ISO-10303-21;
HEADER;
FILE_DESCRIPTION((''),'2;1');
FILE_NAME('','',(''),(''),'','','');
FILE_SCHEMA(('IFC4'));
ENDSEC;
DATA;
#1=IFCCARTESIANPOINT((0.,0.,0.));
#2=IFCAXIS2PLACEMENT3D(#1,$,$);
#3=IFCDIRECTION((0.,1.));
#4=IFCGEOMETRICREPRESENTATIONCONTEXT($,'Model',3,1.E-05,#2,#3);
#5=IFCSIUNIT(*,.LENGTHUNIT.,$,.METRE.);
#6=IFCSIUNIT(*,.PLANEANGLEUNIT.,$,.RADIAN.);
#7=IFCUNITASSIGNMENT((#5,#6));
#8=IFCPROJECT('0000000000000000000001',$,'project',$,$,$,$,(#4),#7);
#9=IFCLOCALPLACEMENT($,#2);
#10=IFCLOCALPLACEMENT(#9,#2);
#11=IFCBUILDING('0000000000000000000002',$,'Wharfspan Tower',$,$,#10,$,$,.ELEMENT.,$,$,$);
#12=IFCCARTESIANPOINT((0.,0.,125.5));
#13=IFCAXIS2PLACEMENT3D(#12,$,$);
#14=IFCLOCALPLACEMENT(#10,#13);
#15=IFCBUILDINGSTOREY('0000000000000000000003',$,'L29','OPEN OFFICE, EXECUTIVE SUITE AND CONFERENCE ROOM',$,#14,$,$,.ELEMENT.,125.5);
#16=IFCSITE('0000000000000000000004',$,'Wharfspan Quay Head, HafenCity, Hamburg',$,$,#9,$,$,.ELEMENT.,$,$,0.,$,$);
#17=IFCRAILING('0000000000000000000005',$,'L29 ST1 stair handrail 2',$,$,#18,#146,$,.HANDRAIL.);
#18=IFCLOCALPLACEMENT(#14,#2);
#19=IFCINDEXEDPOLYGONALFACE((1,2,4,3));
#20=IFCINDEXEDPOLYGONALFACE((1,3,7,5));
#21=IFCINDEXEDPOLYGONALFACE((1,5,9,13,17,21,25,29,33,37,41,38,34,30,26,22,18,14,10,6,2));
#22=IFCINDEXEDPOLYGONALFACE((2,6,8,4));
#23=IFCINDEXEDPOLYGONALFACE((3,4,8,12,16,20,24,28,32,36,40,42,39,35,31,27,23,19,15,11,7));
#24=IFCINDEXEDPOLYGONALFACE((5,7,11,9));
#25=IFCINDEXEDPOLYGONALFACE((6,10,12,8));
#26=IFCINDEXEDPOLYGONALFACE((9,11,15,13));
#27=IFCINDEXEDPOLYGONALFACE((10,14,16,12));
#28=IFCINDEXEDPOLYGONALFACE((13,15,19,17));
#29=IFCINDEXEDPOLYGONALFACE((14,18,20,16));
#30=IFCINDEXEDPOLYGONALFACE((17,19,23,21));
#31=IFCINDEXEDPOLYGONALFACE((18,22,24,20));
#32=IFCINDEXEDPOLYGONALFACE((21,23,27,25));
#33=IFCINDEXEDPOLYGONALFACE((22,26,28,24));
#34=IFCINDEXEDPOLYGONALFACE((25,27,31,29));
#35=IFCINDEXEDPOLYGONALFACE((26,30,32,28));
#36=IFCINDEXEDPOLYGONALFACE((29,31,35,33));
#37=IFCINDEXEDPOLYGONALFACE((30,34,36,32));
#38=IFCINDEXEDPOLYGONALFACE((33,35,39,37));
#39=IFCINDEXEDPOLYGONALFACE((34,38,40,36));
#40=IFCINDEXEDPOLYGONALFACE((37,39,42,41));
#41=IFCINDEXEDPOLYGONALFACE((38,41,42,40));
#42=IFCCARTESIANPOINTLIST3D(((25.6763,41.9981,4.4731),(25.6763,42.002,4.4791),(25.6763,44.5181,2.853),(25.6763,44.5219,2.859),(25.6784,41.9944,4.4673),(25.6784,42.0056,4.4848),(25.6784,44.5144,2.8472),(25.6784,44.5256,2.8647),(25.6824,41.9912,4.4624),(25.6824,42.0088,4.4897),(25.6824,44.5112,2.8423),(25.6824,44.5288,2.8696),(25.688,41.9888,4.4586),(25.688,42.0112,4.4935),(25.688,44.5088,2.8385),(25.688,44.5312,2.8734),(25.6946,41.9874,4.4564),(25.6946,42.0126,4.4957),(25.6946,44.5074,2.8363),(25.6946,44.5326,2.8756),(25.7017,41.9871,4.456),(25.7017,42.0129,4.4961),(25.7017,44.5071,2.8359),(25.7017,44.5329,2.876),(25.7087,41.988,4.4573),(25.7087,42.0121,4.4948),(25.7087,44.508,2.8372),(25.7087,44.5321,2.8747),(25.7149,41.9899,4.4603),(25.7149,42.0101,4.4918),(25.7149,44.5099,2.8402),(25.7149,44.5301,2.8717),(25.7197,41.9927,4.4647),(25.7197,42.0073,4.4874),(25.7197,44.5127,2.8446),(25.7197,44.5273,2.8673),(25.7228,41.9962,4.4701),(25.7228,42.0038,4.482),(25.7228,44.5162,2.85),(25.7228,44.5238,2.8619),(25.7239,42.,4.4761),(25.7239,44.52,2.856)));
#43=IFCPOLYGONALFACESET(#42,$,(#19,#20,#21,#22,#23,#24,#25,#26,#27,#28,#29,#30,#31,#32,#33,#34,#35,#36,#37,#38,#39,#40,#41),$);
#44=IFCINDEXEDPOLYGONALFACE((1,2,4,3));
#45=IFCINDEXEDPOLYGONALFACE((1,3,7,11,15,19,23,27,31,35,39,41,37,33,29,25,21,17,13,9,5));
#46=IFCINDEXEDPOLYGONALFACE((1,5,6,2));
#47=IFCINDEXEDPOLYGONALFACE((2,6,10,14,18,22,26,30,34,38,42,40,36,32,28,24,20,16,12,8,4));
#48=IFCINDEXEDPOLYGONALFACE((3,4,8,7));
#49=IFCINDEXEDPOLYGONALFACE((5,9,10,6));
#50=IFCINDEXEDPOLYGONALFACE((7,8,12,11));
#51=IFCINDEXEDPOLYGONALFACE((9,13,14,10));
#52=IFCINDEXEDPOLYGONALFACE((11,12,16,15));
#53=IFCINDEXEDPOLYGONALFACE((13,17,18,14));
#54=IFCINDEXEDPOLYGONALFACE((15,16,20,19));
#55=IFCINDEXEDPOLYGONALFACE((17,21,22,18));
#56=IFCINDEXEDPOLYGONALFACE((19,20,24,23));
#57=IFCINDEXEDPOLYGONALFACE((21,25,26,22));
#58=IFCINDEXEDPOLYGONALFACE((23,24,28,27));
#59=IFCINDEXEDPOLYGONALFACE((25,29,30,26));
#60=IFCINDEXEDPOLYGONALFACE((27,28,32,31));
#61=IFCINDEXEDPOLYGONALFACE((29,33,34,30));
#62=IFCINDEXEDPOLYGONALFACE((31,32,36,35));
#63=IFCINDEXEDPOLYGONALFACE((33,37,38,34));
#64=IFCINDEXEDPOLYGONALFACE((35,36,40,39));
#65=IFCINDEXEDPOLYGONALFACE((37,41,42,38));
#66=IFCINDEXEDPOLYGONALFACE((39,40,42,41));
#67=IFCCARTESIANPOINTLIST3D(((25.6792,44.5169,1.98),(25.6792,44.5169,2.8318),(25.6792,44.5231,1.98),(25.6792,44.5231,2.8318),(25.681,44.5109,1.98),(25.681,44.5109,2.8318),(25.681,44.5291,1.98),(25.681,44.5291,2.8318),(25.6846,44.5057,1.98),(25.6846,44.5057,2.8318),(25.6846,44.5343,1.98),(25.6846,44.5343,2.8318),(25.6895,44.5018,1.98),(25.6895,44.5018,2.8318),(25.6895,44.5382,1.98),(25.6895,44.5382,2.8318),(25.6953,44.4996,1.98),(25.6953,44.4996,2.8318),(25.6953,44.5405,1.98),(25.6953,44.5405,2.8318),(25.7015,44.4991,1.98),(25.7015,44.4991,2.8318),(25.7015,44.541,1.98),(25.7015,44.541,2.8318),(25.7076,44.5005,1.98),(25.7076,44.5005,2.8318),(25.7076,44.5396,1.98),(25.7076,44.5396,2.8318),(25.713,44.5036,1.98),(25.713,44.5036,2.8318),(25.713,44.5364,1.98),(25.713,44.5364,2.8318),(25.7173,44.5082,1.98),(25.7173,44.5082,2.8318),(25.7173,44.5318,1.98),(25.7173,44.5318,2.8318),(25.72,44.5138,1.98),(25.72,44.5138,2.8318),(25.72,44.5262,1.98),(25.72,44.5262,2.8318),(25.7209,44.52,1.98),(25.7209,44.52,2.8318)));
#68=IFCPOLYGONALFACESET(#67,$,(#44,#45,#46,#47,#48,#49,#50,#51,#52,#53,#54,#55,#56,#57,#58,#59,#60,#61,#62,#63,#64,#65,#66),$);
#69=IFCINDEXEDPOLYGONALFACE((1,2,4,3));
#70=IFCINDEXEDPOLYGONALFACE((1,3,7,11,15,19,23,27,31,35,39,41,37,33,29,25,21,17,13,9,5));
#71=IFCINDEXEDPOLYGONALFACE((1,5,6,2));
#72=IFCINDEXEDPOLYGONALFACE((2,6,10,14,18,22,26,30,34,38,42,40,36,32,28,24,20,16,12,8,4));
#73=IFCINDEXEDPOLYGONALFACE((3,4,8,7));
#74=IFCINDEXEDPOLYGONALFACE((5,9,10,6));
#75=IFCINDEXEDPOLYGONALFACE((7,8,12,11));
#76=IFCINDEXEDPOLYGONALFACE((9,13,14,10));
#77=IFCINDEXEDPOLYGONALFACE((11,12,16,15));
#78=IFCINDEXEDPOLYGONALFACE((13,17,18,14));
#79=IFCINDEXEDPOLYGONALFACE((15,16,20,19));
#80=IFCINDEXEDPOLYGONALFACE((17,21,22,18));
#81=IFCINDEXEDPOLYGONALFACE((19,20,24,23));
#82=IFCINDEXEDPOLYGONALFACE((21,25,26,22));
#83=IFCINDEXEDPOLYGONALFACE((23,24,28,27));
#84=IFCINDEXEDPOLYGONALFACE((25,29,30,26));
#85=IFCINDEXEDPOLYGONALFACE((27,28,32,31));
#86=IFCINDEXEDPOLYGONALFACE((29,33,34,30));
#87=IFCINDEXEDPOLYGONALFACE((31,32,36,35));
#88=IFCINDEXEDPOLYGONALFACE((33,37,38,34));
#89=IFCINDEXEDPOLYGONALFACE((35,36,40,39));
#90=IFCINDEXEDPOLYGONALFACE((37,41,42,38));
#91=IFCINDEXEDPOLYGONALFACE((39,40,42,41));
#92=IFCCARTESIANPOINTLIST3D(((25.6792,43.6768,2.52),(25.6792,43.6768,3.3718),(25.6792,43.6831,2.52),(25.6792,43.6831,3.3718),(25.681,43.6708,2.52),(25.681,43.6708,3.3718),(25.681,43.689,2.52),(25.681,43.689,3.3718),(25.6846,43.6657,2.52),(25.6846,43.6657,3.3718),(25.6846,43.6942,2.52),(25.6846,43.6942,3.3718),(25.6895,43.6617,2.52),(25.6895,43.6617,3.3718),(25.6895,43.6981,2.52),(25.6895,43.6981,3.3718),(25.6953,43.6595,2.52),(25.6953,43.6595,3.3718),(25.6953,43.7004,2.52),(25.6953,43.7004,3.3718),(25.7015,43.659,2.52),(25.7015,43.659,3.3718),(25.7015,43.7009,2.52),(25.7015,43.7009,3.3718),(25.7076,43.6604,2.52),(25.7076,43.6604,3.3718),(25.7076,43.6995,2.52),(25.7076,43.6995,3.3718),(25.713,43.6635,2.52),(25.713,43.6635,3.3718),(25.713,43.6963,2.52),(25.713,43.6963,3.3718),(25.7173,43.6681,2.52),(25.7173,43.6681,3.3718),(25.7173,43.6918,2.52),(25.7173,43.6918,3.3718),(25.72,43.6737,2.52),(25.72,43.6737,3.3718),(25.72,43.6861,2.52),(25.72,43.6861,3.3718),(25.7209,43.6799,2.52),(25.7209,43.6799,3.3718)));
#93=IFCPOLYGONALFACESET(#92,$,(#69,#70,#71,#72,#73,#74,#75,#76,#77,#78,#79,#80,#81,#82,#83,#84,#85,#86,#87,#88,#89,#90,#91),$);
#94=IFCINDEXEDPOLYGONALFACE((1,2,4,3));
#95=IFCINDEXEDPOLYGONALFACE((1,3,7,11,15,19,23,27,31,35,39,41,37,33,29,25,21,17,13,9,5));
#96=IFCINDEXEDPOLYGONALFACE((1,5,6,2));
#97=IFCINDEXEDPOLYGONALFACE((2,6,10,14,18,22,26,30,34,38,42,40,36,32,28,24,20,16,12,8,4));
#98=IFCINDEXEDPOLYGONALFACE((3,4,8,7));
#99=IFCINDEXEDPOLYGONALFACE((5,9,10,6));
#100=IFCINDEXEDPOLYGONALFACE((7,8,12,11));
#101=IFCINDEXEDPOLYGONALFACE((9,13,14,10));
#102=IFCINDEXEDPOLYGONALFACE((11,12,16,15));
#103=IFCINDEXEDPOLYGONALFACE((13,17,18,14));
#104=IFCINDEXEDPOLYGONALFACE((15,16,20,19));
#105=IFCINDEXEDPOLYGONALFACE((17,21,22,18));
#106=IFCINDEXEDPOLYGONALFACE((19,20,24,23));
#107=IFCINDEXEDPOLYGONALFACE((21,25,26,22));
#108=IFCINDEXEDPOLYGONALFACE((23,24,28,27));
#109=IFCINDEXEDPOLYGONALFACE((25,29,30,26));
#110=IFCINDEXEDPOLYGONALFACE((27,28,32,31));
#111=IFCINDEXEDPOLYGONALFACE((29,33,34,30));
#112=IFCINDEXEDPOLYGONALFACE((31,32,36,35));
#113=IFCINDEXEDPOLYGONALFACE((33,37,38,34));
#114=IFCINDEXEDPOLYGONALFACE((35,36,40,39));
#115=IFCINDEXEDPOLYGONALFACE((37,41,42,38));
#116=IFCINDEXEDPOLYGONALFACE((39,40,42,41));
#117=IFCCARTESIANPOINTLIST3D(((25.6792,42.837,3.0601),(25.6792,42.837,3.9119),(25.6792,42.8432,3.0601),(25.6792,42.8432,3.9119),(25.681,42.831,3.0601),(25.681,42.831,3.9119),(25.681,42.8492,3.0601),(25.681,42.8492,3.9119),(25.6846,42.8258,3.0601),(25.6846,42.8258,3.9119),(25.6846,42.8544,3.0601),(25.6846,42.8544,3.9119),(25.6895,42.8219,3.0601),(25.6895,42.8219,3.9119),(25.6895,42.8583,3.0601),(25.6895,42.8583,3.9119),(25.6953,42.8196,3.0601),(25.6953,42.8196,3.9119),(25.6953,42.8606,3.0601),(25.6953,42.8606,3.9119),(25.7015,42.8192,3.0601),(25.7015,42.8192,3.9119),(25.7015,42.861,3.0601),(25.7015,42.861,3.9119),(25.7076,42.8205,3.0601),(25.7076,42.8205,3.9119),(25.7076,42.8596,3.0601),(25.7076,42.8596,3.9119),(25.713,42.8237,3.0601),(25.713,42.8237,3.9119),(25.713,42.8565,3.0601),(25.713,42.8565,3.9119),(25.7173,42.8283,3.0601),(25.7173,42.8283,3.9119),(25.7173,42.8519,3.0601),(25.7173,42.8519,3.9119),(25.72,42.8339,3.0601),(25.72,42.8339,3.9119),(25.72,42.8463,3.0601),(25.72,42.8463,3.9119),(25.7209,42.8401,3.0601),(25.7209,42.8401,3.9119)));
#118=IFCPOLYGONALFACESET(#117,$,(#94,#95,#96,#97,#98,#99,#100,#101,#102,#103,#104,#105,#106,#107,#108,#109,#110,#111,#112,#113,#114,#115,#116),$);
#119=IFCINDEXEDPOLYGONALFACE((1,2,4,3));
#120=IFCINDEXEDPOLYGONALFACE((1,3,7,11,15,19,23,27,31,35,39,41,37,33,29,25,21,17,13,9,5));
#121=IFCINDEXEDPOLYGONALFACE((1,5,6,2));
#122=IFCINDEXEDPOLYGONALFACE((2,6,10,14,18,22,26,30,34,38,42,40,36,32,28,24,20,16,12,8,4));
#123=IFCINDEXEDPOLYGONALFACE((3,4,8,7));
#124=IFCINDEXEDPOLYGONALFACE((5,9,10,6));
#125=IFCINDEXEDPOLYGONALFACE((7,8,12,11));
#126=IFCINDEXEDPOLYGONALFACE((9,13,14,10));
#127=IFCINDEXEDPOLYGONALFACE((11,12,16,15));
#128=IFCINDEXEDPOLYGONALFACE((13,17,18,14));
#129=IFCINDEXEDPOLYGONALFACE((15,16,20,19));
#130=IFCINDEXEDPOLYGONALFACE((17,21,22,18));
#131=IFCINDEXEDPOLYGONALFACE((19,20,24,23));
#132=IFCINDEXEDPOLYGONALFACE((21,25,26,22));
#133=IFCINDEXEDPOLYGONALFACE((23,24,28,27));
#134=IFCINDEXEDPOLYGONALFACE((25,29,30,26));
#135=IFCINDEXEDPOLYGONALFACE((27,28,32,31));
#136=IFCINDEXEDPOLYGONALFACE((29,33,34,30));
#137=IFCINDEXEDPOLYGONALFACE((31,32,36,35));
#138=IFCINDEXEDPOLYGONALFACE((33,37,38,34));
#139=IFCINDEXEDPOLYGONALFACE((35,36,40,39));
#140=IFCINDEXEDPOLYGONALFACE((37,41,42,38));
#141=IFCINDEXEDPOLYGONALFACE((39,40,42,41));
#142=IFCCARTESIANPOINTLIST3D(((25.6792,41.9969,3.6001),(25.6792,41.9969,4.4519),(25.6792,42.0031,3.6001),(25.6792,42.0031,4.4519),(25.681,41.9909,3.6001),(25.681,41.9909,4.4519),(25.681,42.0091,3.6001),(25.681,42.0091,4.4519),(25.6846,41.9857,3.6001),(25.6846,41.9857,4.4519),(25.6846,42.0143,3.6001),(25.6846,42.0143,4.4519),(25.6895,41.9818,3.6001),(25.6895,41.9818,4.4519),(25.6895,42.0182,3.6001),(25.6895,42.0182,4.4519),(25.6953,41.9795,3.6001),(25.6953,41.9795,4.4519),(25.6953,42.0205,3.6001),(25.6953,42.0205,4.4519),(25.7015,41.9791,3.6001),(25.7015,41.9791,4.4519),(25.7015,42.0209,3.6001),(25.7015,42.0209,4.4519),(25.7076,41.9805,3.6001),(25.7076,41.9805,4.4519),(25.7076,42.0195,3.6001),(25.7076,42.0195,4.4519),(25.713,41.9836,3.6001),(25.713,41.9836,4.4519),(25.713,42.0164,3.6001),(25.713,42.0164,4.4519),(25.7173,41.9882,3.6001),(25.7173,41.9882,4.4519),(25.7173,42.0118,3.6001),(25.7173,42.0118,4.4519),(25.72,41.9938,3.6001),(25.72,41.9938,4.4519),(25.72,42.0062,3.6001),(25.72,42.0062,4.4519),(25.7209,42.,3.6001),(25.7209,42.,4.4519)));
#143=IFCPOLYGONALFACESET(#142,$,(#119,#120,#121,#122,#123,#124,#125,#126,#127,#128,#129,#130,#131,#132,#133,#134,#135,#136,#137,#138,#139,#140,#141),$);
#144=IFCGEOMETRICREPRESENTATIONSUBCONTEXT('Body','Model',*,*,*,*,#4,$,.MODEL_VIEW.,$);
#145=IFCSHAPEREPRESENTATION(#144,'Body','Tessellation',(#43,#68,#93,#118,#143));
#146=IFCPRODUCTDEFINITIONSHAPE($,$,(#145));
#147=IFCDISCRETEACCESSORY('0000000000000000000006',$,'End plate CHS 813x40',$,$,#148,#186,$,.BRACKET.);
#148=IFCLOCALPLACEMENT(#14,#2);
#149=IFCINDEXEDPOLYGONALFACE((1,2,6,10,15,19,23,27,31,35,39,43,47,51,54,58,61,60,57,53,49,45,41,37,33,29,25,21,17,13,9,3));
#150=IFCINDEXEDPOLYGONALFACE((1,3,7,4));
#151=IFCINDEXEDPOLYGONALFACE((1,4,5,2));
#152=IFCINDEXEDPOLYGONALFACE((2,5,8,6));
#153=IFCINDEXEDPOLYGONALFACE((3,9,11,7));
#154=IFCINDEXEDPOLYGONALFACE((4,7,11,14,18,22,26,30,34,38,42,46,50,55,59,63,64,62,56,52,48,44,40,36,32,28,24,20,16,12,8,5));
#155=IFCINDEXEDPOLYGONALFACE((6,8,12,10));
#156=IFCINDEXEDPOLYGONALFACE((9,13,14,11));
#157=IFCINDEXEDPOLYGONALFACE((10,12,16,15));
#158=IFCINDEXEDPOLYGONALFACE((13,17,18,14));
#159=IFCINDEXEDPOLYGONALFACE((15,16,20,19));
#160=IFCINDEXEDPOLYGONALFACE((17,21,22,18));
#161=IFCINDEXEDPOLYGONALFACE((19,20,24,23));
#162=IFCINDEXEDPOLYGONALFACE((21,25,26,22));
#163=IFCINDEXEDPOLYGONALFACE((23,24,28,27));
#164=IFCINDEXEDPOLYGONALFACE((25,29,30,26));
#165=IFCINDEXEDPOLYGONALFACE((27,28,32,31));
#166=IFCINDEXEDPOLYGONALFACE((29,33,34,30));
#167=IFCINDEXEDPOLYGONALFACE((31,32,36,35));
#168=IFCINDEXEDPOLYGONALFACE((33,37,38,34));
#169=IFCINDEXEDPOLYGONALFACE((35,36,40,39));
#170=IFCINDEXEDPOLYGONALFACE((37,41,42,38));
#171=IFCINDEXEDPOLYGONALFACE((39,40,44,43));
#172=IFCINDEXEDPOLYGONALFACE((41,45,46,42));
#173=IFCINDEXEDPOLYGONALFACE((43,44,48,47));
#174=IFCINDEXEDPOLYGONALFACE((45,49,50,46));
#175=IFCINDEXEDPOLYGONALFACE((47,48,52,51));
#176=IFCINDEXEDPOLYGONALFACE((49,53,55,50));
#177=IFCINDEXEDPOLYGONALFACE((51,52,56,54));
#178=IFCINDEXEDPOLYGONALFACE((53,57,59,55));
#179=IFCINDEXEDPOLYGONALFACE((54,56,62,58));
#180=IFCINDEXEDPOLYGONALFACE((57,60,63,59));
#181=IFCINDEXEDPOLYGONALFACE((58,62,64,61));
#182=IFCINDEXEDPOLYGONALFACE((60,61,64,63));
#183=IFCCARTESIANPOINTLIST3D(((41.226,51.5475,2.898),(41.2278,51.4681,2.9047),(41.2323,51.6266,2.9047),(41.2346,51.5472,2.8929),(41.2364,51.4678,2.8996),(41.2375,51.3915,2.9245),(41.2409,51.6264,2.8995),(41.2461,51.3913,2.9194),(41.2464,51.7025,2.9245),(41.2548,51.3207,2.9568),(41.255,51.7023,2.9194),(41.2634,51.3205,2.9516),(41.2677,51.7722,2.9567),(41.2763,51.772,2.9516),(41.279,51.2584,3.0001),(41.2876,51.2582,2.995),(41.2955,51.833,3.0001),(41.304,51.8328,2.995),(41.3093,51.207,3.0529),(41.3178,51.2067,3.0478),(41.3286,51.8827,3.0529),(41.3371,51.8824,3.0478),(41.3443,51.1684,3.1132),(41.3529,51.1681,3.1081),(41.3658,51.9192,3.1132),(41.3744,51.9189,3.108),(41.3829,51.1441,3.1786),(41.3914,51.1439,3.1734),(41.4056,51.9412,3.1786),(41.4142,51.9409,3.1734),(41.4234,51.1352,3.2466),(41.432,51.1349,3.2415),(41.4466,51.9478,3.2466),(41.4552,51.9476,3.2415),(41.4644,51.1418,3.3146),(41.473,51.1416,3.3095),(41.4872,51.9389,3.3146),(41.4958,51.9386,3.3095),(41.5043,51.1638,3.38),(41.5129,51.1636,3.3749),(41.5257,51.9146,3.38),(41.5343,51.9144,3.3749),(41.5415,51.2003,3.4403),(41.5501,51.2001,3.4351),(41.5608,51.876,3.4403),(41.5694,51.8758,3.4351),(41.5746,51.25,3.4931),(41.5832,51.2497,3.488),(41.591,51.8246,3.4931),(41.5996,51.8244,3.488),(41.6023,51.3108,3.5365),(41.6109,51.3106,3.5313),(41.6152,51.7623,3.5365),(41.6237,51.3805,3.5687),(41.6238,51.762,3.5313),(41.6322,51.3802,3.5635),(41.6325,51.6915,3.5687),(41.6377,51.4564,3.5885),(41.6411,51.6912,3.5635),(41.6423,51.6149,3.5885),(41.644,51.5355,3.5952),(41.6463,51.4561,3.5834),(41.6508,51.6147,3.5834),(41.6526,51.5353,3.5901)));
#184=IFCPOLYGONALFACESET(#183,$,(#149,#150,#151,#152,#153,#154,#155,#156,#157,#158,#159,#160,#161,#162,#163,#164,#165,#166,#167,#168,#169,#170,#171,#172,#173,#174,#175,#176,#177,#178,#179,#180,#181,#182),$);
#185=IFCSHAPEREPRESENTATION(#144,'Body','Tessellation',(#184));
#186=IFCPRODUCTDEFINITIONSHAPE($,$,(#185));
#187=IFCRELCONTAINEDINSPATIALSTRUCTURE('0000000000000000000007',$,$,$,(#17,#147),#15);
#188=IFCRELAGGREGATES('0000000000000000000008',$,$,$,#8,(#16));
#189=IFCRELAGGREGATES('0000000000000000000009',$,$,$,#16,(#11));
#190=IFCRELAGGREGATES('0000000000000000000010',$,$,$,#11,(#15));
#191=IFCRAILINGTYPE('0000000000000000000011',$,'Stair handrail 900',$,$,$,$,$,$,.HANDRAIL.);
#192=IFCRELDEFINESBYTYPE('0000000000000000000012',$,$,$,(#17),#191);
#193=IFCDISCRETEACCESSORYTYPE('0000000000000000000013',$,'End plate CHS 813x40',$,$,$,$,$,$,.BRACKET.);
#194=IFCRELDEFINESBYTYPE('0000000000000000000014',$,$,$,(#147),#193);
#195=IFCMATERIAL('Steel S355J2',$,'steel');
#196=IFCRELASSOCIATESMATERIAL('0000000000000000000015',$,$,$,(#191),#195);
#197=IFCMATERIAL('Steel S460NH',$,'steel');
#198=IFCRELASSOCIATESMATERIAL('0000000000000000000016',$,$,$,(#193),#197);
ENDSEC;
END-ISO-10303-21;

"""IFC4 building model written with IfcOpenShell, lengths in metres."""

from ifc_helpers import new_model, si_unit, direction, frame, origin, origin_2d, place, context, subcontext, project, spatial, circle, extrude, material, material_profile, profile_set, type_object, element, save


model = new_model("IFC4")

# Units and contexts
model_context = context("Model", 3, precision=1e-05, world=origin(), true_north=direction((0.0, 1.0)))
body_context = subcontext(model_context, "Body", "Model", "MODEL_VIEW")
ifc_project = project(units=[si_unit("LENGTHUNIT", "METRE"), si_unit("PLANEANGLEUNIT", "RADIAN")], contexts=[model_context])

# Site, building, storey
site_placement = place(None, origin())
site = spatial("IfcSite", under=ifc_project, at=site_placement, Name="Wharfspan Quay Head, HafenCity, Hamburg", CompositionType="ELEMENT", RefElevation=0.0)
building_placement = place(site_placement, origin())
building = spatial("IfcBuilding", under=site, at=building_placement, Name="Wharfspan Tower", CompositionType="ELEMENT")
storey_placement = place(building_placement, frame((0.0, 0.0, 125.5)))
storey = spatial("IfcBuildingStorey", under=building, at=storey_placement, Name="L29", Description="OPEN OFFICE, EXECUTIVE SUITE AND CONFERENCE ROOM", CompositionType="ELEMENT", Elevation=125.5)

# Shared definitions
ifc_material_1 = material(Name="Steel S355J2", Category="steel")

# Shared definitions
ifc_material_2 = material(Name="Steel S460NH", Category="steel")

# Railing
railing_type_1 = type_object("IfcRailingType", Name="Stair handrail 900", PredefinedType="HANDRAIL", material=ifc_material_1)
railing_1_placement = place(storey_placement, frame((25.7, 44.52, 1.98)))
element("IfcRailing", 1, at=railing_1_placement, inside=storey, type_object=railing_type_1, Name="L29 ST1 stair handrail 2", PredefinedType="HANDRAIL", context=body_context, shape_type="SweptSolid", body=[
    extrude(circle(Radius=0.0239, at=origin_2d()), frame((0.0, 0.0, 0.876), z_axis=(0.0, -0.841163, 0.540782), x_axis=(1.0, 0.0, 0.0)), (0.0, 0.0, 1.0), 2.9958),
    extrude(circle(Radius=0.021, at=origin_2d()), origin(), (0.0, 0.0, 1.0), 0.8518),
    extrude(circle(Radius=0.021, at=origin_2d()), frame((0.0, -0.8401, 0.54)), (0.0, 0.0, 1.0), 0.8518),
    extrude(circle(Radius=0.021, at=origin_2d()), frame((0.0, -1.6799, 1.0801)), (0.0, 0.0, 1.0), 0.8518),
    extrude(circle(Radius=0.021, at=origin_2d()), frame((0.0, -2.52, 1.6201)), (0.0, 0.0, 1.0), 0.8518),
])

# Discrete accessory
ifc_material_profile_1 = material_profile(ifc_material_2, circle(Radius=0.4065, at=origin_2d()))
ifc_profile_set_1 = profile_set([ifc_material_profile_1], Name="Steel S460NH")
discrete_accessory_type = type_object("IfcDiscreteAccessoryType", Name="End plate CHS 813x40", PredefinedType="BRACKET", material=ifc_profile_set_1)
for number, where, z_axis, x_axis, name in (
    (2, (41.4436, 51.5413, 3.2415), (-0.857236, 0.024492, 0.514341), (-0.028558, -0.999591, 0.000002), "End plate CHS 813x40"),
):
    element("IfcDiscreteAccessory", number, at=place(storey_placement, frame(where, z_axis=z_axis, x_axis=x_axis)), inside=storey, type_object=discrete_accessory_type, Name=name, PredefinedType="BRACKET", context=body_context, shape_type="SweptSolid", body=[
        extrude(circle(Radius=0.4065, at=origin_2d()), origin(), (0.0, 0.0, 1.0), 0.01),
    ])

save(model, "model.ifc")
